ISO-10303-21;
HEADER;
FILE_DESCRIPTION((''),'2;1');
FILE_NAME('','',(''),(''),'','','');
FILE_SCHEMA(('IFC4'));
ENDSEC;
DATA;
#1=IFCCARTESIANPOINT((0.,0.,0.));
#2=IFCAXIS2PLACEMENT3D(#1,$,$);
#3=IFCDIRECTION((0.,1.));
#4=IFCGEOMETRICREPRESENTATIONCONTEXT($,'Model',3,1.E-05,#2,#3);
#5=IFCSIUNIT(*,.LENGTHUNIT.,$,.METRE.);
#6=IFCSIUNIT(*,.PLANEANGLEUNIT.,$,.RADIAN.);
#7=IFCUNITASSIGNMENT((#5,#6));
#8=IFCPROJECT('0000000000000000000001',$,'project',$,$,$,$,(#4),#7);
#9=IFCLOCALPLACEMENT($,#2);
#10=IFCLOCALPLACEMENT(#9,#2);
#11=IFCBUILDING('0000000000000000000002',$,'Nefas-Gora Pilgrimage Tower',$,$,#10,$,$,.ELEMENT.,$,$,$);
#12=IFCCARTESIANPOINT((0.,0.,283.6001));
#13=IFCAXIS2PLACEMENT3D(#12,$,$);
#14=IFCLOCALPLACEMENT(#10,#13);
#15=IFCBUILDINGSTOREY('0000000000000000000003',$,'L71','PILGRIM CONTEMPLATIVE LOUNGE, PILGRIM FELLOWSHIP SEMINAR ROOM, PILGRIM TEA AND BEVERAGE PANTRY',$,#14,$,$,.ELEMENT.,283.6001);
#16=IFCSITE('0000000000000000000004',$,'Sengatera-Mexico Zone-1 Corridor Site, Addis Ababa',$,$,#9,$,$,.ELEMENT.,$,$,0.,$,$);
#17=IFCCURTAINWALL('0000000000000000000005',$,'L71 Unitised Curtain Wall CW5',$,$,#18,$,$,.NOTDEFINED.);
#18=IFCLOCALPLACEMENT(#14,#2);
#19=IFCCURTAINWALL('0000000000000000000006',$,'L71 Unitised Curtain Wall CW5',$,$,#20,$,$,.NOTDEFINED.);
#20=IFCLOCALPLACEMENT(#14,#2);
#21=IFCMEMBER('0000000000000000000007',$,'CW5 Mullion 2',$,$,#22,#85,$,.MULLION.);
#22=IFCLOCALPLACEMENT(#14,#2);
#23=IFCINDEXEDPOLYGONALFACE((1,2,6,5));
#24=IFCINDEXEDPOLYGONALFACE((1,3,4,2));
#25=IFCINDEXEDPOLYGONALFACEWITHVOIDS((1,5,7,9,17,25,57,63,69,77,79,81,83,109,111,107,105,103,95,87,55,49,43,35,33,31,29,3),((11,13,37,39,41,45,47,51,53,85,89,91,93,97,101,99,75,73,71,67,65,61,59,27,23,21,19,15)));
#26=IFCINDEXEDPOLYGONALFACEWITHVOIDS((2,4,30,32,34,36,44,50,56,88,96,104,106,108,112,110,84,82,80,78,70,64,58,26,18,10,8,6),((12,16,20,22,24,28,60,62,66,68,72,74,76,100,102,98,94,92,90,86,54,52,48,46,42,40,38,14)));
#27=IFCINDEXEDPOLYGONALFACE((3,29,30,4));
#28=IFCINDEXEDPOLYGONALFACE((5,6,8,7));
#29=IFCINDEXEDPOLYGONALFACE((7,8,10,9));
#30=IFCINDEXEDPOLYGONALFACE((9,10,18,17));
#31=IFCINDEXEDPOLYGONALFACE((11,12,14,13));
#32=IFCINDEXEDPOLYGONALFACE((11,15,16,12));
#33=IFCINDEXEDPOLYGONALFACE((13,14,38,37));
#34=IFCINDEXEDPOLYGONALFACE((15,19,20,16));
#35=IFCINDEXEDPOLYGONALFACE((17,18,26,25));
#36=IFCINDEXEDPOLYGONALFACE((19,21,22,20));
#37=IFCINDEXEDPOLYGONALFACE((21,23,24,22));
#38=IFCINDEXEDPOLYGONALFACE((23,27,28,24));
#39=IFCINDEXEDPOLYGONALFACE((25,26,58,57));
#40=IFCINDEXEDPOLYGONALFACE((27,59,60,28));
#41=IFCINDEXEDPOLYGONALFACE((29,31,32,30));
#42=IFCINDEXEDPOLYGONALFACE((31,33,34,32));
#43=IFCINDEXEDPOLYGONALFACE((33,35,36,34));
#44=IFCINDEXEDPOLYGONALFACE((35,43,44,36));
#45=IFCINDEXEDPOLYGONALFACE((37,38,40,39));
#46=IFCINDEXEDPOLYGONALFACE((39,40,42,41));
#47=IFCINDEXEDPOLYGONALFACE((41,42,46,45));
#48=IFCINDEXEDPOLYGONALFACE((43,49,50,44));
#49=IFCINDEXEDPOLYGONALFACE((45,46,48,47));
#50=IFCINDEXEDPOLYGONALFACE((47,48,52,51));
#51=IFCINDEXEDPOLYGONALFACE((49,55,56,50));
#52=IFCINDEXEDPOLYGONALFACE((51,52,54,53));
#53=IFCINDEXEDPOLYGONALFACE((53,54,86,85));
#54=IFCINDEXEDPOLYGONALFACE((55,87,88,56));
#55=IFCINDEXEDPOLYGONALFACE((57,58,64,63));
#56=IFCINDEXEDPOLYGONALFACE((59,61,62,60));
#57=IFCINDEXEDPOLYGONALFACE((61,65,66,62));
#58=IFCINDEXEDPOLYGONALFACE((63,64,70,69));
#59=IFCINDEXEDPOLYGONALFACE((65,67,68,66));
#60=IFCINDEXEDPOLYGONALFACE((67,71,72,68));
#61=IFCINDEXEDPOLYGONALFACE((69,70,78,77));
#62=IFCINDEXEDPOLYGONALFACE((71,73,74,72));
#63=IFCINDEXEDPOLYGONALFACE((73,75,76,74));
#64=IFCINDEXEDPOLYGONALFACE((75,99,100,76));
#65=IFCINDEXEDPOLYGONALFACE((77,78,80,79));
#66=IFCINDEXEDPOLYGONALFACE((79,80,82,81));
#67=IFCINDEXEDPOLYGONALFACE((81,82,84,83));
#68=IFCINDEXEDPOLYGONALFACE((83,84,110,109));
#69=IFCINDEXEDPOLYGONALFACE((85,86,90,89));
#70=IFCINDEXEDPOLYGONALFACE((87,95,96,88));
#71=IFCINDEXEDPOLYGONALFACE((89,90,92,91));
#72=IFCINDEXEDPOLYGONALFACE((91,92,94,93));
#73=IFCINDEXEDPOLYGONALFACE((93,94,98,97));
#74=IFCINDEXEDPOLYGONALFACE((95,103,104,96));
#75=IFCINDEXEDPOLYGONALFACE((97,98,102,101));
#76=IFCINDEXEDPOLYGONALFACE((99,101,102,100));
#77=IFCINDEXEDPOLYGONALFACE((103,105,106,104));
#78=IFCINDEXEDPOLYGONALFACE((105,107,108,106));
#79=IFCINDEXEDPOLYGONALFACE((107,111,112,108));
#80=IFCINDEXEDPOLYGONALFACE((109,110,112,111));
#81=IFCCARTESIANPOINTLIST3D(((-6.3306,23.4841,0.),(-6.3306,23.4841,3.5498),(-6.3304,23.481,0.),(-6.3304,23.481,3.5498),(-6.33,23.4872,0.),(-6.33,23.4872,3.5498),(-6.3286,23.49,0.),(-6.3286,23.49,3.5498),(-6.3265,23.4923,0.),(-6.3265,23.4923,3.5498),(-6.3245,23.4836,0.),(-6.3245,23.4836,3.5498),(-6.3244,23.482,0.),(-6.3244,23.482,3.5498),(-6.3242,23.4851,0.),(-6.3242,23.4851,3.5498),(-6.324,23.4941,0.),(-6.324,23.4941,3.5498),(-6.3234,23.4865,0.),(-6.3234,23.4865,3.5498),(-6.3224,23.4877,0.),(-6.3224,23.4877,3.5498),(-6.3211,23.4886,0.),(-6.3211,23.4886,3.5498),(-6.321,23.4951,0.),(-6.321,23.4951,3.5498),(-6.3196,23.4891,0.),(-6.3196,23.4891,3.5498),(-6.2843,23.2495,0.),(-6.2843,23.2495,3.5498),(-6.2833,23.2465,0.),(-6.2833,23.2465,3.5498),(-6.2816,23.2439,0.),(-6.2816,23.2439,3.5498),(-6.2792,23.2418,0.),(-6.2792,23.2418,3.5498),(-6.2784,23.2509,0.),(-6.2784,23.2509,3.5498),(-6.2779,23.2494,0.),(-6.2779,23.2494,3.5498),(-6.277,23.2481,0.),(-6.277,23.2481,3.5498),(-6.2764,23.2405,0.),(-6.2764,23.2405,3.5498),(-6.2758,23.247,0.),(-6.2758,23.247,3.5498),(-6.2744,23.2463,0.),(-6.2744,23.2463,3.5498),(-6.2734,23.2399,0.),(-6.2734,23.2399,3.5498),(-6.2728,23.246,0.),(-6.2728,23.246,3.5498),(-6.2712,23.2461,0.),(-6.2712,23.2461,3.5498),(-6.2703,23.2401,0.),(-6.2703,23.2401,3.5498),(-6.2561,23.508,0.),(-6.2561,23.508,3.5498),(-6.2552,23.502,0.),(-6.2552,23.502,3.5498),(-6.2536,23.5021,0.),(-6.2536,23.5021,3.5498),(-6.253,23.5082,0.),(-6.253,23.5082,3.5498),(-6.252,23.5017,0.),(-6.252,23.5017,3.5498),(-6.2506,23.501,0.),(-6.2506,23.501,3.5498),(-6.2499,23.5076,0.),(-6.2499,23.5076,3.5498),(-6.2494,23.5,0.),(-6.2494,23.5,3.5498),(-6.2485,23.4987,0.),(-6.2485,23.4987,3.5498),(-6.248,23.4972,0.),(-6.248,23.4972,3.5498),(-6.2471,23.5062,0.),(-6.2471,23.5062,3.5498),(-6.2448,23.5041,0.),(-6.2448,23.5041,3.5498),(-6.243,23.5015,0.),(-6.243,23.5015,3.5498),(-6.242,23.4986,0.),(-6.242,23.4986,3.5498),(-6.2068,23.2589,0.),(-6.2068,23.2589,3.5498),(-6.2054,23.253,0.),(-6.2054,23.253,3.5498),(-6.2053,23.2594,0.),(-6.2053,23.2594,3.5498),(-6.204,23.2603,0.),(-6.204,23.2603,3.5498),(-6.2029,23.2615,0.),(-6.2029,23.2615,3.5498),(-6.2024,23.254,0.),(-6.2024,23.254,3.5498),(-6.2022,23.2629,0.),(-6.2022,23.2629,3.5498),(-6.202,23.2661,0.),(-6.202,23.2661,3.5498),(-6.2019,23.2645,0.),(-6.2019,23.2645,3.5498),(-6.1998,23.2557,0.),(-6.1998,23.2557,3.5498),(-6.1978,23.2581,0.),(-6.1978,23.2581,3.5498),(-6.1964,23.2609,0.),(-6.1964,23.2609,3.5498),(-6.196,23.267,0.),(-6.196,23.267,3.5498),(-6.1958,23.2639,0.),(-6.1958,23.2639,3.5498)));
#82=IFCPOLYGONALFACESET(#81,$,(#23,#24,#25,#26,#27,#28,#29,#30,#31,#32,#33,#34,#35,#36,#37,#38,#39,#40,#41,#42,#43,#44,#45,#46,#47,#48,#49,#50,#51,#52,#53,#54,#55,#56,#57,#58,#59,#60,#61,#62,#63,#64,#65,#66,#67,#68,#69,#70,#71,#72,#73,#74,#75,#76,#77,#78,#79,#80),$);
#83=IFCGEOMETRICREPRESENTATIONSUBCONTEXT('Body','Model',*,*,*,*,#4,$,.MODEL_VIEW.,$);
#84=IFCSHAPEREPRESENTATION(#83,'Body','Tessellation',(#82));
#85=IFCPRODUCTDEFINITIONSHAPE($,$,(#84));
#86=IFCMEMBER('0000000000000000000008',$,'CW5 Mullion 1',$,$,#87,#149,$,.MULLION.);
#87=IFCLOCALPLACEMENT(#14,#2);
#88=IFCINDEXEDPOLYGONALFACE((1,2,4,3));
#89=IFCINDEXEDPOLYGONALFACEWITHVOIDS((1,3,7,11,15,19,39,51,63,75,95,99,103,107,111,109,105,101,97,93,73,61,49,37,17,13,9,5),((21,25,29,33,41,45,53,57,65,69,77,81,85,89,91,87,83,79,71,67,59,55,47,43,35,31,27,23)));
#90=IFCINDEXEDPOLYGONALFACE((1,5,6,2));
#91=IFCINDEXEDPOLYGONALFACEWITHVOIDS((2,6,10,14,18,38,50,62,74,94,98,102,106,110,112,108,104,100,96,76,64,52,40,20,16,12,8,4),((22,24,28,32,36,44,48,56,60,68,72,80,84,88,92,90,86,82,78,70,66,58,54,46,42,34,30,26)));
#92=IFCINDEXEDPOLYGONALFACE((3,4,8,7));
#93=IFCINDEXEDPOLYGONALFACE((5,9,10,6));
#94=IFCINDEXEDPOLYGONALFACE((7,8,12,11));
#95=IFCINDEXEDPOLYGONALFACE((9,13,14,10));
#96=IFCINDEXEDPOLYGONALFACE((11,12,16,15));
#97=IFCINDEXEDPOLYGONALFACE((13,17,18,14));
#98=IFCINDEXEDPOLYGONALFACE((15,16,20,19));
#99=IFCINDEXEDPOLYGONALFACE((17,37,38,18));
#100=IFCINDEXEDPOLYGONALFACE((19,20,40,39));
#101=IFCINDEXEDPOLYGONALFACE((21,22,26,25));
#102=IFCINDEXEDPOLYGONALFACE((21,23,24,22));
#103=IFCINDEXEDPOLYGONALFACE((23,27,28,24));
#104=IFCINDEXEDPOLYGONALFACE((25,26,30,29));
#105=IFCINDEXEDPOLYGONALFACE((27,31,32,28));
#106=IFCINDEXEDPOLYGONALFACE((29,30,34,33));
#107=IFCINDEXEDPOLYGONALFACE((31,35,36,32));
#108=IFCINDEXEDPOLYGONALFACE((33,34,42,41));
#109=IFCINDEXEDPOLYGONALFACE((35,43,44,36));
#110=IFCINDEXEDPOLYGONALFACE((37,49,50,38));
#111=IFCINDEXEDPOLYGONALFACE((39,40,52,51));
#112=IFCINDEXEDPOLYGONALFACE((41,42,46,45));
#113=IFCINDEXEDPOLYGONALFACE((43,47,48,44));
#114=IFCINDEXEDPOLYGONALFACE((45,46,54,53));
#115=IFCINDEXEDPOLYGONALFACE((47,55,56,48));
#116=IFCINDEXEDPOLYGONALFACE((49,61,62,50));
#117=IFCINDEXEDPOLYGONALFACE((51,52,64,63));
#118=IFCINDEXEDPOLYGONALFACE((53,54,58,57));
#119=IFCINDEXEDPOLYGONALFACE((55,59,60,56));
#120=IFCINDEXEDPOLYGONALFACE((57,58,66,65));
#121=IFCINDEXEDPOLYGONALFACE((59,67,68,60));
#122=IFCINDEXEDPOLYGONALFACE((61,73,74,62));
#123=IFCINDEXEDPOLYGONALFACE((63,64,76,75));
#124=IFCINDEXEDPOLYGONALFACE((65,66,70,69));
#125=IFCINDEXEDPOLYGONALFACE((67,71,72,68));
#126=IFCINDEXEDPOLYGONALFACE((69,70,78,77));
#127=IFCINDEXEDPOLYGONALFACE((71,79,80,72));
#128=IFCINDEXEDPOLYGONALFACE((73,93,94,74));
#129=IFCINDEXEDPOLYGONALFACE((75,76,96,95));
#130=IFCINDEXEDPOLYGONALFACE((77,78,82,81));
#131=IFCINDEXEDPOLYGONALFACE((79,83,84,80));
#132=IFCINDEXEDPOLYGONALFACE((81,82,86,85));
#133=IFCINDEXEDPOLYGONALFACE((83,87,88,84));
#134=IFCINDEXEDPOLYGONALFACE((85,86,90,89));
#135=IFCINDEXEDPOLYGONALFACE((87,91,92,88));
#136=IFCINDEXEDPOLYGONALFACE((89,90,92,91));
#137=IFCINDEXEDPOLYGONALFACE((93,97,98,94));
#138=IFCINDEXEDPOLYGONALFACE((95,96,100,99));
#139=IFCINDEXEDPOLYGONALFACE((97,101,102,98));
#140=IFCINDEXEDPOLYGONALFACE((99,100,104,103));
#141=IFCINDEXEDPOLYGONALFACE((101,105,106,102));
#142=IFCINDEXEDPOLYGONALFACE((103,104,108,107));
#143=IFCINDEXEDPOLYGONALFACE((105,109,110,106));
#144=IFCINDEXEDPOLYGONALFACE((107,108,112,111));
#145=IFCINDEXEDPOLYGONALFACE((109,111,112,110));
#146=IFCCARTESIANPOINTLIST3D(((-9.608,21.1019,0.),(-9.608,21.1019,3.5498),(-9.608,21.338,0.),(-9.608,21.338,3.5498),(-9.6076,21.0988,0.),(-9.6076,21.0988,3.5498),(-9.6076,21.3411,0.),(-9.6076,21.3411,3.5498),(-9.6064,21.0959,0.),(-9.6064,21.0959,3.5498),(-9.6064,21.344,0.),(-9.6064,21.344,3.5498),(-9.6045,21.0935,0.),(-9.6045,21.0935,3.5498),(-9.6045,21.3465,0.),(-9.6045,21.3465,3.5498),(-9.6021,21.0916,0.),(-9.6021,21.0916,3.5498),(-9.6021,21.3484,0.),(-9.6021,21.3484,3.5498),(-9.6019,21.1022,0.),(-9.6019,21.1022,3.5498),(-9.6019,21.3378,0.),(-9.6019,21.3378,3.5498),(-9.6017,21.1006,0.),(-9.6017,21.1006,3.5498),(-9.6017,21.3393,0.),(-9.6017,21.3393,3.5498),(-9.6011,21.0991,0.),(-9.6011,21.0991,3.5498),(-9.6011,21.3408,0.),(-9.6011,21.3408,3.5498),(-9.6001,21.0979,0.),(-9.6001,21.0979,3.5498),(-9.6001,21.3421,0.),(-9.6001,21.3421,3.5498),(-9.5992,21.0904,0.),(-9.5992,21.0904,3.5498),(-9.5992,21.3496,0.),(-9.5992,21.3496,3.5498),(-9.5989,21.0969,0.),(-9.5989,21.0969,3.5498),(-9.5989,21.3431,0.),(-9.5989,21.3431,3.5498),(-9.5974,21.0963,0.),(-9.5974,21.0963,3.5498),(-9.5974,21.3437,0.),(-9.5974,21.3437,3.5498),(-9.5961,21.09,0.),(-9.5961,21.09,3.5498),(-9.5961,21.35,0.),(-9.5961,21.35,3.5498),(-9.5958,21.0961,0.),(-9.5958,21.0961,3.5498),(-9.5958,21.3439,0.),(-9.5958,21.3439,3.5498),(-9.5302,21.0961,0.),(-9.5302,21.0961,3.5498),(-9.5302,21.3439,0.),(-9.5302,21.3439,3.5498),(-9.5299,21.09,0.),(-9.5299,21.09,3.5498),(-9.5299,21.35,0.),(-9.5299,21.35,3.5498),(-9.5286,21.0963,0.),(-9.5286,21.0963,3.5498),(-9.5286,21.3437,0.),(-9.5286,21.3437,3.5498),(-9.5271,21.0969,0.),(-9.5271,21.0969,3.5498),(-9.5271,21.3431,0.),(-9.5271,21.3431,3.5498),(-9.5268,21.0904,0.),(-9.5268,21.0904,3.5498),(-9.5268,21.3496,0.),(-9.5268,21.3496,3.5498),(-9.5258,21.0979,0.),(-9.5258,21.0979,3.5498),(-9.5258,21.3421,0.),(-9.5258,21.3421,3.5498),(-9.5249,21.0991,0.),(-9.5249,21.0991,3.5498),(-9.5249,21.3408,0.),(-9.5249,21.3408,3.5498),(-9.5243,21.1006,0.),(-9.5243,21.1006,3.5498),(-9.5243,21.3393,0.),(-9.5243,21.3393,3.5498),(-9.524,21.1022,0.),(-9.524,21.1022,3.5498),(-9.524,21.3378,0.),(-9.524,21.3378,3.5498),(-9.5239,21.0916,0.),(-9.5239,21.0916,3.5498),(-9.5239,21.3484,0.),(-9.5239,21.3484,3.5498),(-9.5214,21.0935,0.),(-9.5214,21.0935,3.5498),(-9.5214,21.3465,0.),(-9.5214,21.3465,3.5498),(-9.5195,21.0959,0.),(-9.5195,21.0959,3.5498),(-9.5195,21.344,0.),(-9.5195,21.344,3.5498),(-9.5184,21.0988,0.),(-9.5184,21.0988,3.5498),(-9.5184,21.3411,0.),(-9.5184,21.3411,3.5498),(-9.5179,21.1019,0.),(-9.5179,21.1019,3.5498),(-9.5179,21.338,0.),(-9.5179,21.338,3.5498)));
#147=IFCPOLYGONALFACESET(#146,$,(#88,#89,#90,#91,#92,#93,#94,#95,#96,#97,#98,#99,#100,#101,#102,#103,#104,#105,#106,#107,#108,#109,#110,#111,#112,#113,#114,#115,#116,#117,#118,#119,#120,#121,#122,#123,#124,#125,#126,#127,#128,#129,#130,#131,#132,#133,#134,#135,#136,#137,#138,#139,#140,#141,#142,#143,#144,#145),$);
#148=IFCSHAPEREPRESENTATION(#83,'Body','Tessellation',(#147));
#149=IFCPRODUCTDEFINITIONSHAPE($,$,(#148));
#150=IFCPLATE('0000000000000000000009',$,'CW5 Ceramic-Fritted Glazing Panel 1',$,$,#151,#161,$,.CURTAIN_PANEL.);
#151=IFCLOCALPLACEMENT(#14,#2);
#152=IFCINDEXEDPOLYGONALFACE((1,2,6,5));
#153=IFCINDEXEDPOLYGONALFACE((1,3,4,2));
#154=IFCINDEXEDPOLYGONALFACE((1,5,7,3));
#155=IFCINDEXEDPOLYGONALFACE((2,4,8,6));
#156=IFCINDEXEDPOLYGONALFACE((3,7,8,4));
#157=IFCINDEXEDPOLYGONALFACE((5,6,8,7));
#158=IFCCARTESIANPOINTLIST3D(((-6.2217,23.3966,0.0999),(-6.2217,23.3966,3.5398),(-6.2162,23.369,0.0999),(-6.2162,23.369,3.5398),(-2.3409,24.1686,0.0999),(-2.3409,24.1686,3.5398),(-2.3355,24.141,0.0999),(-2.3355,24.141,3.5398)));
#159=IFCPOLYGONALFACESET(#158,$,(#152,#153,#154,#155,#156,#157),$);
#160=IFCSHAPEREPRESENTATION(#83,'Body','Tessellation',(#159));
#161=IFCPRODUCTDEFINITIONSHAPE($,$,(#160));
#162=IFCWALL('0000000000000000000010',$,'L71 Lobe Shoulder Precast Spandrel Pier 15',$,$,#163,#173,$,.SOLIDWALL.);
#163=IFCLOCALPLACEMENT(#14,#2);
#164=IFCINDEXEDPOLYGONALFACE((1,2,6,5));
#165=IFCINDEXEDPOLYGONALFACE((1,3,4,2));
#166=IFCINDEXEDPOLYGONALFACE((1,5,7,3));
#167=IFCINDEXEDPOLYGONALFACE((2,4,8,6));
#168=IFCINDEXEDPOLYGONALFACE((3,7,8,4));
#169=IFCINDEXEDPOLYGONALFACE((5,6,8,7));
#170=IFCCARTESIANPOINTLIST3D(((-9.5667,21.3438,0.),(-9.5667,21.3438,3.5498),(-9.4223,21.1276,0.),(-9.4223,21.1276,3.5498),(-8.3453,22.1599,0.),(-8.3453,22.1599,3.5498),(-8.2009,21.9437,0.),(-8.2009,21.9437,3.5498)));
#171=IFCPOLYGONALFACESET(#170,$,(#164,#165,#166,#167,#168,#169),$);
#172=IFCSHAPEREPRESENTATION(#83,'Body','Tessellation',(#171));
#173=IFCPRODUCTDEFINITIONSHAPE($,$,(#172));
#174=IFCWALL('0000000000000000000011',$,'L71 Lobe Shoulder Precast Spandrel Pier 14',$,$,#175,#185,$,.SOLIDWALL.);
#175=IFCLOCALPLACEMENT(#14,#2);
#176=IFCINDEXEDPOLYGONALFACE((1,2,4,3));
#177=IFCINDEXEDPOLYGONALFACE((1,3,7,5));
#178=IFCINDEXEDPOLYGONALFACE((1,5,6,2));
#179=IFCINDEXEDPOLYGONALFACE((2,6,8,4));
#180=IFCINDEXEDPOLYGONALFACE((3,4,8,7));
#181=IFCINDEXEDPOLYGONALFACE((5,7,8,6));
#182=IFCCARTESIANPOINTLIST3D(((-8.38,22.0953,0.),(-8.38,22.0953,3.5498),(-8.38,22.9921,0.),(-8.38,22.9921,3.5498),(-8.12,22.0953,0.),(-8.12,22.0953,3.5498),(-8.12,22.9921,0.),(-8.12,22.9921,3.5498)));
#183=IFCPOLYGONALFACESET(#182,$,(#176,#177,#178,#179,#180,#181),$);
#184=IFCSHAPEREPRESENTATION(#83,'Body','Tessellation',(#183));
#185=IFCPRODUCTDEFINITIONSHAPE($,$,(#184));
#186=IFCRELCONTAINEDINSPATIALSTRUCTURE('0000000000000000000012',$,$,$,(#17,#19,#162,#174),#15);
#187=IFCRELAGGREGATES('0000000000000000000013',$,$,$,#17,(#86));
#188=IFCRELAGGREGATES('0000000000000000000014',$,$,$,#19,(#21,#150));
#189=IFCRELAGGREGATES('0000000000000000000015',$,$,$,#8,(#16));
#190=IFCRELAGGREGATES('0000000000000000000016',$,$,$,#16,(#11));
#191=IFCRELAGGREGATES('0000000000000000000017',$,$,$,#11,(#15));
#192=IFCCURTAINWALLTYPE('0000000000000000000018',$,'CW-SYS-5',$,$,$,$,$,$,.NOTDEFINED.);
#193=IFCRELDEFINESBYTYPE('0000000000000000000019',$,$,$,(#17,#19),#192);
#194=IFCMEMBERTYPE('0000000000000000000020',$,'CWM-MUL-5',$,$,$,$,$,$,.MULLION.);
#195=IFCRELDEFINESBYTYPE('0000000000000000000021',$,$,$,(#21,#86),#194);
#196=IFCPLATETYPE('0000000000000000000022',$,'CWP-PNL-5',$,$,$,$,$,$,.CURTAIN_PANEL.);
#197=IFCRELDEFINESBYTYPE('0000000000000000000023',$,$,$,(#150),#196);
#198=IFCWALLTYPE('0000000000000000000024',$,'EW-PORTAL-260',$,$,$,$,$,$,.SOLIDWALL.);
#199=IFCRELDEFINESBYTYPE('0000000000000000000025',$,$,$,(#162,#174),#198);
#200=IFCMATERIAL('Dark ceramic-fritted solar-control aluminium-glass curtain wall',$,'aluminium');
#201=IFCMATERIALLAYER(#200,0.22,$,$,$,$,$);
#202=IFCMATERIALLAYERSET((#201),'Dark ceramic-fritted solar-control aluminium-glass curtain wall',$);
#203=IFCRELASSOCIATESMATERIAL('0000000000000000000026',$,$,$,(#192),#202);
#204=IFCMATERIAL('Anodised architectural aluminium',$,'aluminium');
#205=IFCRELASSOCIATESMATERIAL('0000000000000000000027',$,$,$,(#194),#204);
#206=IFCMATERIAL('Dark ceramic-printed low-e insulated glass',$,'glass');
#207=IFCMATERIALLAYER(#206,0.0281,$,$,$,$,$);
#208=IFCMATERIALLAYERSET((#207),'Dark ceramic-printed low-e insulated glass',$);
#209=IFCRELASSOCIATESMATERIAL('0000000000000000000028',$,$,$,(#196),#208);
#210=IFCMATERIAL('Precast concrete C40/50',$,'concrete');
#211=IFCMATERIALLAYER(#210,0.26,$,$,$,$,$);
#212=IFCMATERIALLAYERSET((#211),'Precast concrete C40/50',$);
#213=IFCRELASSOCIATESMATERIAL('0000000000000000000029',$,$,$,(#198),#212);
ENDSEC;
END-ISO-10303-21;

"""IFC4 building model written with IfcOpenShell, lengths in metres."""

from ifc_helpers import new_model, si_unit, direction, frame, frame_2d, origin, origin_2d, place, context, subcontext, project, spatial, rectangle, hollow_rectangle, extrude, source, transform, mapped, material, layer, layer_set, material_profile, profile_set, type_object, element, aggregate, save


model = new_model("IFC4")

# Units and contexts
model_context = context("Model", 3, precision=1e-05, world=origin(), true_north=direction((0.0, 1.0)))
body_context = subcontext(model_context, "Body", "Model", "MODEL_VIEW")
ifc_project = project(units=[si_unit("LENGTHUNIT", "METRE"), si_unit("PLANEANGLEUNIT", "RADIAN")], contexts=[model_context])

# Site, building, storey
site_placement = place(None, origin())
site = spatial("IfcSite", under=ifc_project, at=site_placement, Name="Sengatera-Mexico Zone-1 Corridor Site, Addis Ababa", CompositionType="ELEMENT", RefElevation=0.0)
building_placement = place(site_placement, origin())
building = spatial("IfcBuilding", under=site, at=building_placement, Name="Nefas-Gora Pilgrimage Tower", CompositionType="ELEMENT")
storey_placement = place(building_placement, frame((0.0, 0.0, 283.6001)))
storey = spatial("IfcBuildingStorey", under=building, at=storey_placement, Name="L71", Description="PILGRIM CONTEMPLATIVE LOUNGE, PILGRIM FELLOWSHIP SEMINAR ROOM, PILGRIM TEA AND BEVERAGE PANTRY", CompositionType="ELEMENT", Elevation=283.6001)

# Curtain wall
ifc_material_1 = material(Name="Dark ceramic-fritted solar-control aluminium-glass curtain wall", Category="aluminium")
ifc_layer_1 = layer(ifc_material_1, 0.22)
ifc_layer_set_1 = layer_set([ifc_layer_1], Name="Dark ceramic-fritted solar-control aluminium-glass curtain wall")
curtain_wall_type = type_object("IfcCurtainWallType", Name="CW-SYS-5", PredefinedType="NOTDEFINED", material=ifc_layer_set_1)
curtain_wall_1_placement = place(storey_placement, origin())
curtain_wall_1 = element("IfcCurtainWall", 1, at=curtain_wall_1_placement, inside=storey, type_object=curtain_wall_type, Name="L71 Unitised Curtain Wall CW5", PredefinedType="NOTDEFINED")
ifc_material_2 = material(Name="Anodised architectural aluminium", Category="aluminium")

# Curtain wall, member
curtain_wall_2_placement = place(storey_placement, origin())
curtain_wall_2 = element("IfcCurtainWall", 2, at=curtain_wall_2_placement, inside=storey, type_object=curtain_wall_type, Name="L71 Unitised Curtain Wall CW5", PredefinedType="NOTDEFINED")
ifc_material_profile_1 = material_profile(ifc_material_2, hollow_rectangle(XDim=0.0901, YDim=0.26, WallThickness=0.0061, InnerFilletRadius=0.0061, OuterFilletRadius=0.012, at=origin_2d()), Name="ALU MULLION 90x260")
ifc_profile_set_1 = profile_set([ifc_material_profile_1], Name="Anodised architectural aluminium")
member_type_1 = type_object("IfcMemberType", Name="CWM-MUL-5", PredefinedType="MULLION", material=ifc_profile_set_1)
shared_shape_1 = source(origin(), body_context, "Body", "SweptSolid", [
    extrude(hollow_rectangle(XDim=0.0901, YDim=0.26, WallThickness=0.0061, InnerFilletRadius=0.0061, OuterFilletRadius=0.012, at=origin_2d()), origin(), (0.0, 0.0, 1.0), 3.5498),
])
member_1_placement = place(storey_placement, frame((-6.2632, 23.374, 0.0), z_axis=(0.0, 0.0, 1.0), x_axis=(-0.980783, -0.195102, 0.0)))
member_1 = element("IfcMember", 3, at=member_1_placement, type_object=member_type_1, Name="CW5 Mullion 2", PredefinedType="MULLION", context=body_context, shape_type="MappedRepresentation", body=[
    mapped(shared_shape_1, transform((0.0, 0.0, 0.0), x_axis=(1.0, 0.0, 0.0), y_axis=(0.0, 1.0, 0.0), z_axis=(0.0, 0.0, 1.0), scale=1.0)),
])

# Member
member_2_placement = place(storey_placement, frame((-9.563, 21.22, 0.0), z_axis=(0.0, 0.0, 1.0), x_axis=(-1.0, 0.0, 0.0)))
member_2 = element("IfcMember", 4, at=member_2_placement, type_object=member_type_1, Name="CW5 Mullion 1", PredefinedType="MULLION", context=body_context, shape_type="MappedRepresentation", body=[
    mapped(shared_shape_1, transform((0.0, 0.0, 0.0), x_axis=(1.0, 0.0, 0.0), y_axis=(0.0, 1.0, 0.0), z_axis=(0.0, 0.0, 1.0), scale=1.0)),
])
aggregate(curtain_wall_1, [member_2])

# Plate
ifc_material_3 = material(Name="Dark ceramic-printed low-e insulated glass", Category="glass")
ifc_layer_2 = layer(ifc_material_3, 0.0281)
ifc_layer_set_2 = layer_set([ifc_layer_2], Name="Dark ceramic-printed low-e insulated glass")
plate_type = type_object("IfcPlateType", Name="CWP-PNL-5", PredefinedType="CURTAIN_PANEL", material=ifc_layer_set_2)
shared_shape_2 = source(origin(), body_context, "Body", "SweptSolid", [
    extrude(rectangle(XDim=3.9568, YDim=0.0281, at=origin_2d()), origin(), (0.0, 0.0, 1.0), 3.4399),
])
plate_placement = place(storey_placement, frame((-4.2786, 23.7688, 0.0999), z_axis=(0.0, 0.0, 1.0), x_axis=(-0.980783, -0.195102, 0.0)))
plate = element("IfcPlate", 5, at=plate_placement, type_object=plate_type, Name="CW5 Ceramic-Fritted Glazing Panel 1", PredefinedType="CURTAIN_PANEL", context=body_context, shape_type="MappedRepresentation", body=[
    mapped(shared_shape_2, transform((0.0, 0.0, 0.0), x_axis=(1.0, 0.0, 0.0), y_axis=(0.0, 1.0, 0.0), z_axis=(0.0, 0.0, 1.0), scale=1.0)),
])
aggregate(curtain_wall_2, [member_1, plate])

# Walls
ifc_material_4 = material(Name="Precast concrete C40/50", Category="concrete")
ifc_layer_3 = layer(ifc_material_4, 0.26)
ifc_layer_set_3 = layer_set([ifc_layer_3], Name="Precast concrete C40/50")
wall_type_1 = type_object("IfcWallType", Name="EW-PORTAL-260", PredefinedType="SOLIDWALL", material=ifc_layer_set_3)
shared_shape_3 = source(origin(), body_context, "Body", "SweptSolid", [
    extrude(rectangle(XDim=1.469, YDim=0.26, at=frame_2d((0.7344, 0.0))), origin(), (0.0, 0.0, 1.0), 3.5498),
])
wall_1_placement = place(storey_placement, frame((-8.2732, 22.0518, 0.0), z_axis=(0.0, 0.0, 1.0), x_axis=(-0.831462, -0.555582, 0.0)))
element("IfcWall", 6, at=wall_1_placement, inside=storey, type_object=wall_type_1, Name="L71 Lobe Shoulder Precast Spandrel Pier 15", PredefinedType="SOLIDWALL", context=body_context, shape_type="MappedRepresentation", body=[
    mapped(shared_shape_3, transform((0.0, 0.0, 0.0), x_axis=(1.0, 0.0, 0.0), y_axis=(0.0, 1.0, 0.0), z_axis=(0.0, 0.0, 1.0), scale=1.0)),
])
shared_shape_4 = source(origin(), body_context, "Body", "SweptSolid", [
    extrude(rectangle(XDim=0.8967, YDim=0.26, at=frame_2d((0.4482, 0.0))), origin(), (0.0, 0.0, 1.0), 3.5498),
])
wall_2_placement = place(storey_placement, frame((-8.25, 22.9919, 0.0), z_axis=(0.0, 0.0, 1.0), x_axis=(0.0, -1.0, 0.0)))
element("IfcWall", 7, at=wall_2_placement, inside=storey, type_object=wall_type_1, Name="L71 Lobe Shoulder Precast Spandrel Pier 14", PredefinedType="SOLIDWALL", context=body_context, shape_type="MappedRepresentation", body=[
    mapped(shared_shape_4, transform((0.0, 0.0, 0.0), x_axis=(1.0, 0.0, 0.0), y_axis=(0.0, 1.0, 0.0), z_axis=(0.0, 0.0, 1.0), scale=1.0)),
])

save(model, "model.ifc")
